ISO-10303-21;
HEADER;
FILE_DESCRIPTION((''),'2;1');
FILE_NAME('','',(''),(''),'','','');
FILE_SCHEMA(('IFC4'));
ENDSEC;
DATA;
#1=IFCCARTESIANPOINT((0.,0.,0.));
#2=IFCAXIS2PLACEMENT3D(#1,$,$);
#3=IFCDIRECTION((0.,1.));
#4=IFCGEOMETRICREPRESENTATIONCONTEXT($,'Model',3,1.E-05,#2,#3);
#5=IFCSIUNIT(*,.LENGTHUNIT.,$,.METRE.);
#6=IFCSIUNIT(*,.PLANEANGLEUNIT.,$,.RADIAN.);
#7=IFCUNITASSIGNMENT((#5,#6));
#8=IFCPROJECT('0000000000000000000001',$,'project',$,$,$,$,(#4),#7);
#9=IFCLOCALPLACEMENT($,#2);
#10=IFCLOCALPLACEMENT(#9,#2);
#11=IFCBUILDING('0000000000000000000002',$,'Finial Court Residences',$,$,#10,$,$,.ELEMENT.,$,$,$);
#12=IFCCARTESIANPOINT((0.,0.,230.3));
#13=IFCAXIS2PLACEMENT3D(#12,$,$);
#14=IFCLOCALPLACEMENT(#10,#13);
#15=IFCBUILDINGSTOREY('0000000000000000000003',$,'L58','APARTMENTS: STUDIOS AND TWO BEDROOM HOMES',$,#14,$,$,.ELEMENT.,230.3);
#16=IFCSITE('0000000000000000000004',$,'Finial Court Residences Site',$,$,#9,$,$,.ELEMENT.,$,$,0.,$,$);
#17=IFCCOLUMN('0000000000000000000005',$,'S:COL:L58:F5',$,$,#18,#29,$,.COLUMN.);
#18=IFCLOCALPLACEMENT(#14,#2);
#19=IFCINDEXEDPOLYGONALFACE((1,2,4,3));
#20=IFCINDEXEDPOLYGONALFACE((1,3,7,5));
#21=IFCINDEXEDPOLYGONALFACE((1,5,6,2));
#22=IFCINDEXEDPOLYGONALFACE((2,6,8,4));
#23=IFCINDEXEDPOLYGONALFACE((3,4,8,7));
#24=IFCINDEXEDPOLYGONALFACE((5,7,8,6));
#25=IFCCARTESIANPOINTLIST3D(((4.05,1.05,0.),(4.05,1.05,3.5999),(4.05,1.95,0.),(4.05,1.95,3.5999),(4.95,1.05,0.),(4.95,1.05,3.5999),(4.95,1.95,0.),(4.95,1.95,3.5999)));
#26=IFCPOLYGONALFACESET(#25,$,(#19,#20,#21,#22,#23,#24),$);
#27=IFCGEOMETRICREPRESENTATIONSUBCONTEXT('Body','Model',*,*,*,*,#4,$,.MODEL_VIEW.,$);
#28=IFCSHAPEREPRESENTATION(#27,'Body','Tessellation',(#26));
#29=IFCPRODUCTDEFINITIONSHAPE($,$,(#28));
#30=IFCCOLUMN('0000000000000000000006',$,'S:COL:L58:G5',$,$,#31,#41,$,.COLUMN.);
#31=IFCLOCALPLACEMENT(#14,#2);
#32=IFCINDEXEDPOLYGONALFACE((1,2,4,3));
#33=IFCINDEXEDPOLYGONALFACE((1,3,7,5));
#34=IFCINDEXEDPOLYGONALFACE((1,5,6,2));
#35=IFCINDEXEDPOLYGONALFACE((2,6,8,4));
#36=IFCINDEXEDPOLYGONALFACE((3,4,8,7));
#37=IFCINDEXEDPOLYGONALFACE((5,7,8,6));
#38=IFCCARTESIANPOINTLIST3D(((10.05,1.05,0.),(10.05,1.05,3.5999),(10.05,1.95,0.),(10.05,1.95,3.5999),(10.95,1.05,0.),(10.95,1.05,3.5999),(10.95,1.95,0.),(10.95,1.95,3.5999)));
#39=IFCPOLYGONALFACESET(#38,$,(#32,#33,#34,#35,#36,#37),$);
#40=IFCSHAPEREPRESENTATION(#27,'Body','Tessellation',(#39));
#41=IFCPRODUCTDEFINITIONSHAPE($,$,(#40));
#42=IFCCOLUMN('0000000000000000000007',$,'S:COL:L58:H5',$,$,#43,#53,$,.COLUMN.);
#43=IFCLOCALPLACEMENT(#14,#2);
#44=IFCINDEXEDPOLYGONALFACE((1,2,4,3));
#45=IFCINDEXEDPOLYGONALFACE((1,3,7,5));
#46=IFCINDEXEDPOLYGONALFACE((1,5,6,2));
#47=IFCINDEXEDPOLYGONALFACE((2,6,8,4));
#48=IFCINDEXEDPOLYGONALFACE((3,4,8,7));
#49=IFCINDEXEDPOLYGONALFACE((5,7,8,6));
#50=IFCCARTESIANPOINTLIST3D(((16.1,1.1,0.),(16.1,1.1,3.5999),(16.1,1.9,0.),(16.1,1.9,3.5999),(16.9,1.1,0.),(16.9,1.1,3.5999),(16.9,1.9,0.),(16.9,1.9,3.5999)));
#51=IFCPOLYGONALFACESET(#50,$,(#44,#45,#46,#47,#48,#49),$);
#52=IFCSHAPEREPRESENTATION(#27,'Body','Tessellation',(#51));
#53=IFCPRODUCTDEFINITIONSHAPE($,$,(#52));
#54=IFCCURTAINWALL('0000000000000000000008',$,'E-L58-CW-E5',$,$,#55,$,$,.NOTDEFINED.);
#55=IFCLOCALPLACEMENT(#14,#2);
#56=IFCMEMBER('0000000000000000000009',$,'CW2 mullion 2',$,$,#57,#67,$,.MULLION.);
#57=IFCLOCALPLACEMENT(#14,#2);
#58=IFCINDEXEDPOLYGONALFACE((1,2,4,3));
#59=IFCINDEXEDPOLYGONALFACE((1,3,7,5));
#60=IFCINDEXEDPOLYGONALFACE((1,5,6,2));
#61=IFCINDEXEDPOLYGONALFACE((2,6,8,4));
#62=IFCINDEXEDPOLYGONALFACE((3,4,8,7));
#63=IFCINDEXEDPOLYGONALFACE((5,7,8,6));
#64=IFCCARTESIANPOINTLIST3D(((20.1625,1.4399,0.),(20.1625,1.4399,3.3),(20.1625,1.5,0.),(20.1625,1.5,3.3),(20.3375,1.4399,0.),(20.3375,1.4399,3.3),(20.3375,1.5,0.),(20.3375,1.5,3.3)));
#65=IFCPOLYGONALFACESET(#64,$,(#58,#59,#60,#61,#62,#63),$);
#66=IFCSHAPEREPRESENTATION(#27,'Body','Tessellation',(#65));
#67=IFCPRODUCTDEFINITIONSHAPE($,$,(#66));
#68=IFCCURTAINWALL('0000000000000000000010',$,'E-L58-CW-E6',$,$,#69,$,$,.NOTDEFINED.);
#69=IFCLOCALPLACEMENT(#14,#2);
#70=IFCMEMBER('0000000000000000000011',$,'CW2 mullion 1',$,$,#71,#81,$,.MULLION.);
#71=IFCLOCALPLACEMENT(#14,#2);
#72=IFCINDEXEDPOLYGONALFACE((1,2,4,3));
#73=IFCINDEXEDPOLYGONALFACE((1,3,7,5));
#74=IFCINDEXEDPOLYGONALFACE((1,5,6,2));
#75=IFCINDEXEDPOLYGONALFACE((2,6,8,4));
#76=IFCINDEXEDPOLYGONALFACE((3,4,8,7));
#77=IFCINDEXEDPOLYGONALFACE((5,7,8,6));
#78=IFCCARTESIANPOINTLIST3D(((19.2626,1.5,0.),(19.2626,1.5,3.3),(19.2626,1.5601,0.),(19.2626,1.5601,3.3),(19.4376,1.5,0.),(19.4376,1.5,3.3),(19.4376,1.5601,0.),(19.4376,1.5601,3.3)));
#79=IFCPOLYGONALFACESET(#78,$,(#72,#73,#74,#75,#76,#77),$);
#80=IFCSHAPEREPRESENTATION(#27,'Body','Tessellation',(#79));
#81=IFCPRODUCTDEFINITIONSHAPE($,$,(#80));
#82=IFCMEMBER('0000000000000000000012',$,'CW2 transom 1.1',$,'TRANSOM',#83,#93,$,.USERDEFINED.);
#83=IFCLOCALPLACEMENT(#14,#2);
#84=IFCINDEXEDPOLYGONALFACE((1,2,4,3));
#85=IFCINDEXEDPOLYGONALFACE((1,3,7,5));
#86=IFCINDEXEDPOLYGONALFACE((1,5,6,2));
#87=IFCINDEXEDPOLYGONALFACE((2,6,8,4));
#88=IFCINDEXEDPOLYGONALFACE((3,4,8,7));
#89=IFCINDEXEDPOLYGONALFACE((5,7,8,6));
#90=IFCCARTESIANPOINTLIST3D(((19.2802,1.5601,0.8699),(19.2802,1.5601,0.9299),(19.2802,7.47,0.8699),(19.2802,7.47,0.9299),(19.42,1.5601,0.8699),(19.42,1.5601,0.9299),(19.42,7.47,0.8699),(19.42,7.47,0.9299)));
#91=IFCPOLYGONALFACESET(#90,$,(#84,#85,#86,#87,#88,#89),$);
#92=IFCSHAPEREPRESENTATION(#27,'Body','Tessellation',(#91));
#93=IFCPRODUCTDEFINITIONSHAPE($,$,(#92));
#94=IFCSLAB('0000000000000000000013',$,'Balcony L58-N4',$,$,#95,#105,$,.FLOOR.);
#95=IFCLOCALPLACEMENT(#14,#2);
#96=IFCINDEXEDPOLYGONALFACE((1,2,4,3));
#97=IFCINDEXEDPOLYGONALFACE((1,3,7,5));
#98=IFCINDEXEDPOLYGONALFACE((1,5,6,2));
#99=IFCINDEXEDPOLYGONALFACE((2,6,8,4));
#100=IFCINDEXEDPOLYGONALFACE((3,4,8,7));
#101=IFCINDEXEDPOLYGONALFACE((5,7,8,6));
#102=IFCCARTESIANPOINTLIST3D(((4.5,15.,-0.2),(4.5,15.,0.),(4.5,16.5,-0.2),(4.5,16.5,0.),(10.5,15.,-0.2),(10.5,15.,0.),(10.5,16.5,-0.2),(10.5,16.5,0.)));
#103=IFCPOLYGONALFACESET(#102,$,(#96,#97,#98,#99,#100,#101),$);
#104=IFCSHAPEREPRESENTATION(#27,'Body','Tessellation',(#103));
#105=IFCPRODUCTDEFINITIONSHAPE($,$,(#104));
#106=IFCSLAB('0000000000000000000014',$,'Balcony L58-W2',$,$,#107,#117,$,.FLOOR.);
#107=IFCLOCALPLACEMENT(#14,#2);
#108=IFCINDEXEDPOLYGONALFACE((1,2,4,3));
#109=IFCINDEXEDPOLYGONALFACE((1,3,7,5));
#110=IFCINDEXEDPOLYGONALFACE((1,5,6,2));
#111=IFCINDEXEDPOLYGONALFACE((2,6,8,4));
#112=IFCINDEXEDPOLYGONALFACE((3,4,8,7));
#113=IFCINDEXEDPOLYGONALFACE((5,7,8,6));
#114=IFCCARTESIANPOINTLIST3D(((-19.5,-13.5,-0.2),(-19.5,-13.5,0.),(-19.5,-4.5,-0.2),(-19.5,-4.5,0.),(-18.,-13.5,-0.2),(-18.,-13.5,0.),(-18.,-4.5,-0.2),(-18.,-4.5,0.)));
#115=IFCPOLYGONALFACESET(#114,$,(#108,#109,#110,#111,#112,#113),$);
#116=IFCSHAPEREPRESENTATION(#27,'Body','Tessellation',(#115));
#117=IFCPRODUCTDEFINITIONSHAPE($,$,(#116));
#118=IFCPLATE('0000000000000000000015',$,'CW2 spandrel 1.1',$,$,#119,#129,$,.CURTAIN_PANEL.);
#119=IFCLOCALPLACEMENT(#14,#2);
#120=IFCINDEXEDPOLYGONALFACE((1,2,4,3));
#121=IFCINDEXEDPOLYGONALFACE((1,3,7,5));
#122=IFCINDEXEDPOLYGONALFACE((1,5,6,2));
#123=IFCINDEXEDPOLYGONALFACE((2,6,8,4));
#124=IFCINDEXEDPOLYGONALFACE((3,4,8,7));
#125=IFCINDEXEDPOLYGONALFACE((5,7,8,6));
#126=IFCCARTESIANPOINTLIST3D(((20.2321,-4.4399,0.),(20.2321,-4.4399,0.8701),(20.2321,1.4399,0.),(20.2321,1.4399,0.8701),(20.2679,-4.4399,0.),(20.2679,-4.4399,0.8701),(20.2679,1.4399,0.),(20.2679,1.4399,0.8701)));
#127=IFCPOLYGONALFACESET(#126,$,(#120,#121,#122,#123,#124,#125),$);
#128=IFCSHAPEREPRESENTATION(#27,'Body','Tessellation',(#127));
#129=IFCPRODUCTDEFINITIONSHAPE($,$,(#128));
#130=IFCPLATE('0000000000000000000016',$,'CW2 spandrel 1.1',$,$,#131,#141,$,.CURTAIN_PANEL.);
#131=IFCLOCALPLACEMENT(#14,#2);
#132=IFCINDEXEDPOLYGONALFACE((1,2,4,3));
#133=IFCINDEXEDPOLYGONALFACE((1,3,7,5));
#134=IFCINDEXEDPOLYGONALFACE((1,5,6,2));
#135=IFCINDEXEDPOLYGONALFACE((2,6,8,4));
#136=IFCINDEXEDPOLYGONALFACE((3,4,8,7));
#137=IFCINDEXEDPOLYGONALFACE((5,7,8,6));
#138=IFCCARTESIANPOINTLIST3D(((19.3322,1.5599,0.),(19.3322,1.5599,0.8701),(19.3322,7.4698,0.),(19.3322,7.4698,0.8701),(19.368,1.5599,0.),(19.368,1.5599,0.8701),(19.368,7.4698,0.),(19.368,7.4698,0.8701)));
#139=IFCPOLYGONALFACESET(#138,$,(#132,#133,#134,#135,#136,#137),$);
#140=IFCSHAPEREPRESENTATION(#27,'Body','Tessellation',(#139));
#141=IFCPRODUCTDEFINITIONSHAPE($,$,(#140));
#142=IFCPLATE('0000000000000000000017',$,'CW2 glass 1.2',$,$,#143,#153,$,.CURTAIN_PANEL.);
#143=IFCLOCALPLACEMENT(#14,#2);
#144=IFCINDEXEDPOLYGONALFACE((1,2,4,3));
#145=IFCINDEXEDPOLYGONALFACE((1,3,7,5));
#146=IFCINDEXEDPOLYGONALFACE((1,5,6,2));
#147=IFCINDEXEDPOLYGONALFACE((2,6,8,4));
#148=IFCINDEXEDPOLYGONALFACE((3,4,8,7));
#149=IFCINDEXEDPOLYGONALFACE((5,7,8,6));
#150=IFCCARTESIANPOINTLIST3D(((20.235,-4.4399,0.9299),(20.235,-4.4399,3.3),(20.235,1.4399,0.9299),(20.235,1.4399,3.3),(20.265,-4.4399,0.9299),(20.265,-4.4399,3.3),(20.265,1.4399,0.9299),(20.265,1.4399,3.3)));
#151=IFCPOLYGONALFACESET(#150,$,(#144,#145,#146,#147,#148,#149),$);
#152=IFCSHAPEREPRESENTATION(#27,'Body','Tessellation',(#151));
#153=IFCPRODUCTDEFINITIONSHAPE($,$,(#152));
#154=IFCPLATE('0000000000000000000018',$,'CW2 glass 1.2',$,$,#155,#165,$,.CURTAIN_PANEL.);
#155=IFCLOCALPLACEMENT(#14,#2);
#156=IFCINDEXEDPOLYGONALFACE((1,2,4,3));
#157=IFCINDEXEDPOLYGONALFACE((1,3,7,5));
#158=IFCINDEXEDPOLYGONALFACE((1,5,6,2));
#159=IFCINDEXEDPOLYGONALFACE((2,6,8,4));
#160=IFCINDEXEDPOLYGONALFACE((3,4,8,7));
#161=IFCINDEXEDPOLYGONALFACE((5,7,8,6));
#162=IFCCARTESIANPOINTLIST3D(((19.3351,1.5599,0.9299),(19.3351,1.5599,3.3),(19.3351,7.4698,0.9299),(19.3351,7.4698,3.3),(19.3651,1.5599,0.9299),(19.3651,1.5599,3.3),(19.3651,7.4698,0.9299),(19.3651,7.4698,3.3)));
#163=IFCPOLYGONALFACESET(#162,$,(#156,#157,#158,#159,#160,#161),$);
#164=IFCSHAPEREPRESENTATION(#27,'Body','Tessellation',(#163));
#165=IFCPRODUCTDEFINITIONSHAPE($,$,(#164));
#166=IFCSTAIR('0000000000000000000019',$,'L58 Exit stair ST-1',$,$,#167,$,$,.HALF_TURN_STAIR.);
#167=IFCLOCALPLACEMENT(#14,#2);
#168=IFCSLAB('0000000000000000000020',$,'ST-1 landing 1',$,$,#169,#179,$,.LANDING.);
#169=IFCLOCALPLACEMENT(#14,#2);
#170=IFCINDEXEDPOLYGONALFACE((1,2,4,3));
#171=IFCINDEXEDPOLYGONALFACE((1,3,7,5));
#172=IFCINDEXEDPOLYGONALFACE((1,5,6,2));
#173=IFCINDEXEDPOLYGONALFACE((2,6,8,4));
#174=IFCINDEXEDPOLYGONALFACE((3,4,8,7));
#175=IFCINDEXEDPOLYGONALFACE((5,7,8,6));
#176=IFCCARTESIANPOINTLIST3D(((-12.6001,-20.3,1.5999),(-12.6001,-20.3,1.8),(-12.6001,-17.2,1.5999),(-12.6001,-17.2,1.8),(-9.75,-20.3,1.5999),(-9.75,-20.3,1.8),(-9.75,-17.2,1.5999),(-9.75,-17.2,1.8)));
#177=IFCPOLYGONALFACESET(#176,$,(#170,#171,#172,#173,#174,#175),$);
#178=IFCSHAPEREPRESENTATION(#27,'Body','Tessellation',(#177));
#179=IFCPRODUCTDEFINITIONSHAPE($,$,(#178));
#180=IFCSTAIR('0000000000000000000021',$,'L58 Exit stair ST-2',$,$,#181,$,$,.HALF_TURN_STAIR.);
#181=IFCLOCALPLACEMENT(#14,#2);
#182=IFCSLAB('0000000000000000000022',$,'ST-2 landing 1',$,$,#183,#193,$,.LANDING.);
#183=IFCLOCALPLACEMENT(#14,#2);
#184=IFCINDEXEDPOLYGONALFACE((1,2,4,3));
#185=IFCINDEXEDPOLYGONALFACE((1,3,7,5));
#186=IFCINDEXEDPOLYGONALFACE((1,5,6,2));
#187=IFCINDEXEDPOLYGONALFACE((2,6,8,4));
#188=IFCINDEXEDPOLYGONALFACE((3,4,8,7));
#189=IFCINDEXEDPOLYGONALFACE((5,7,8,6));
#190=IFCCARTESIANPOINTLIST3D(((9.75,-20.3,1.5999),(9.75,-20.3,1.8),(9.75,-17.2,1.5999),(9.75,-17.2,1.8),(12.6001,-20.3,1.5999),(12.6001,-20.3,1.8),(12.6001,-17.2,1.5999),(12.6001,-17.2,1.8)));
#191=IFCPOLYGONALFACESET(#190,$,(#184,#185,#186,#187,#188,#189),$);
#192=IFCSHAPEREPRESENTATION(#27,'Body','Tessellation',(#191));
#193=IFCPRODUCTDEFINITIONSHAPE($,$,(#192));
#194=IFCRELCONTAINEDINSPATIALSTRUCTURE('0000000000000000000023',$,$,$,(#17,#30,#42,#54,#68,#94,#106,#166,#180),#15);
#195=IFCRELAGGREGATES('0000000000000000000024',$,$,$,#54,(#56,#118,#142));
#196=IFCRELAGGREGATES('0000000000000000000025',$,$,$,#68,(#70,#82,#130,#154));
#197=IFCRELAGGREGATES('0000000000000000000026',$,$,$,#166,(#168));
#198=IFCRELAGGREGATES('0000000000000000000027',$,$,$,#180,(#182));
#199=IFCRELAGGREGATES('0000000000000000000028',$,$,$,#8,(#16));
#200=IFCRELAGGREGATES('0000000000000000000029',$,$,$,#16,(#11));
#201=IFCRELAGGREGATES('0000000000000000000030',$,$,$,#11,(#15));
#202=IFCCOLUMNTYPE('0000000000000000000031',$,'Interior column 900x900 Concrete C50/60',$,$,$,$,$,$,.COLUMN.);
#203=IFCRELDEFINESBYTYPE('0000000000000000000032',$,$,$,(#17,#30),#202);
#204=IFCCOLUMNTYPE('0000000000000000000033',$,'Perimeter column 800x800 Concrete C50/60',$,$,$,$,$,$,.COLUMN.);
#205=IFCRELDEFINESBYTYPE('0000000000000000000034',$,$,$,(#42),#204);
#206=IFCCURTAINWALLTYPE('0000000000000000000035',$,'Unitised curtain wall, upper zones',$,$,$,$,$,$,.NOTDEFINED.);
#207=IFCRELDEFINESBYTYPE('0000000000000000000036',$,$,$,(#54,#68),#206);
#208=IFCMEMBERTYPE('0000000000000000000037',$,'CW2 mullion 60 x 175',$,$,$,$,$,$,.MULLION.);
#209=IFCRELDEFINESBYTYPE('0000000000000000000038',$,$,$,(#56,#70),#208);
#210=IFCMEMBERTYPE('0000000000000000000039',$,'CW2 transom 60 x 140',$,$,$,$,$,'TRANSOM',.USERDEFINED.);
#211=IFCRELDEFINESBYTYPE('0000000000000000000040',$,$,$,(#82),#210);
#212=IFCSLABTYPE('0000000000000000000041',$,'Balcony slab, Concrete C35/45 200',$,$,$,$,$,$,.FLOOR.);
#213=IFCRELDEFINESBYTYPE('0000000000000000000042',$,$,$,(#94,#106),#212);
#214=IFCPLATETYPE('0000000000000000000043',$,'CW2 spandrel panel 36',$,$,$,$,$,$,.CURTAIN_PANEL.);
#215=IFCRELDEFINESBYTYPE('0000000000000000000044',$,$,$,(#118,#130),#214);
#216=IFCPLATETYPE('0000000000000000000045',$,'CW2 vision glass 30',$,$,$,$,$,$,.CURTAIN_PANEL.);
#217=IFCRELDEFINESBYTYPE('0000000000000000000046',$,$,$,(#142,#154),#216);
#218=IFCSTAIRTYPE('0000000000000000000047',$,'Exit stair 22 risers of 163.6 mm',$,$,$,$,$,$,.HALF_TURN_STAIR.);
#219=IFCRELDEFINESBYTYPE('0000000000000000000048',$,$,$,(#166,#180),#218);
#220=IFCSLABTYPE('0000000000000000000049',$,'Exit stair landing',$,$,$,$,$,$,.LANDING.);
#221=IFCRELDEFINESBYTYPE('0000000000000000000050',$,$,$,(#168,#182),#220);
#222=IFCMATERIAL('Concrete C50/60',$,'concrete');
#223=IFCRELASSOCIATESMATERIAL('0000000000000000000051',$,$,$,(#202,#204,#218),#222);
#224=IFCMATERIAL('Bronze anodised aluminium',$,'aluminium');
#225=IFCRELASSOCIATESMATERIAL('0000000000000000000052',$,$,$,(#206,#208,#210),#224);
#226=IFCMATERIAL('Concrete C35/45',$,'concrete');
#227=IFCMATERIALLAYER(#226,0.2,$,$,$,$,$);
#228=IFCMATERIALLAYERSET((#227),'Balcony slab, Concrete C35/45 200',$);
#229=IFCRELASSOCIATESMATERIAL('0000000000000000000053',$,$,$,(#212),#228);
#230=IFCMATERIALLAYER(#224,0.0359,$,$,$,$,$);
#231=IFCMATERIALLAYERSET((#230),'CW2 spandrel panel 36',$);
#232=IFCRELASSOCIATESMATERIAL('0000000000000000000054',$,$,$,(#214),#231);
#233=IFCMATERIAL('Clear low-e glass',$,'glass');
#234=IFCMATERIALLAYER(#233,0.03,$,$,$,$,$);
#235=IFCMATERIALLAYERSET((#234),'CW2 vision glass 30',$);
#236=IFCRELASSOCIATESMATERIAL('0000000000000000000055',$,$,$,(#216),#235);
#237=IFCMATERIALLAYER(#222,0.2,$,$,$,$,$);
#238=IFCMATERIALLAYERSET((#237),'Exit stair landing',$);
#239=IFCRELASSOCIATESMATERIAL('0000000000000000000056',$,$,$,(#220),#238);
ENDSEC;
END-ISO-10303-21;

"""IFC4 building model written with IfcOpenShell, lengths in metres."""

from ifc_helpers import new_model, si_unit, direction, frame, origin, origin_2d, place, context, subcontext, project, spatial, polyline, rectangle, outline, extrude, material, layer, layer_set, material_profile, profile_set, type_object, element, aggregate, save


model = new_model("IFC4")

# Units and contexts
model_context = context("Model", 3, precision=1e-05, world=origin(), true_north=direction((0.0, 1.0)))
body_context = subcontext(model_context, "Body", "Model", "MODEL_VIEW")
ifc_project = project(units=[si_unit("LENGTHUNIT", "METRE"), si_unit("PLANEANGLEUNIT", "RADIAN")], contexts=[model_context])

# Site, building, storey
site_placement = place(None, origin())
site = spatial("IfcSite", under=ifc_project, at=site_placement, Name="Finial Court Residences Site", CompositionType="ELEMENT", RefElevation=0.0)
building_placement = place(site_placement, origin())
building = spatial("IfcBuilding", under=site, at=building_placement, Name="Finial Court Residences", CompositionType="ELEMENT")
storey_placement = place(building_placement, frame((0.0, 0.0, 230.3)))
storey = spatial("IfcBuildingStorey", under=building, at=storey_placement, Name="L58", Description="APARTMENTS: STUDIOS AND TWO BEDROOM HOMES", CompositionType="ELEMENT", Elevation=230.3)

# Columns
ifc_material_1 = material(Name="Concrete C50/60", Category="concrete")
ifc_material_profile_1 = material_profile(ifc_material_1, rectangle(XDim=0.8999, YDim=0.8999, at=origin_2d()), Name="900x900")
ifc_profile_set_1 = profile_set([ifc_material_profile_1], Name="Concrete C50/60")
column_type_1 = type_object("IfcColumnType", Name="Interior column 900x900 Concrete C50/60", PredefinedType="COLUMN", material=ifc_profile_set_1)
for number, where, z_axis, x_axis, name in (
    (1, (4.5, 1.5, 0.0), (0.0, 0.0, 1.0), (1.0, 0.0, 0.0), "S:COL:L58:F5"),
    (2, (10.5, 1.5, 0.0), (0.0, 0.0, 1.0), (1.0, 0.0, 0.0), "S:COL:L58:G5"),
):
    element("IfcColumn", number, at=place(storey_placement, frame(where, z_axis=z_axis, x_axis=x_axis)), inside=storey, type_object=column_type_1, Name=name, PredefinedType="COLUMN", context=body_context, shape_type="SweptSolid", body=[
        extrude(rectangle(XDim=0.8999, YDim=0.8999, at=origin_2d()), origin(), (0.0, 0.0, 1.0), 3.5999),
    ])
ifc_material_profile_2 = material_profile(ifc_material_1, rectangle(XDim=0.8, YDim=0.8, at=origin_2d()), Name="800x800")
ifc_profile_set_2 = profile_set([ifc_material_profile_2], Name="Concrete C50/60")
column_type_2 = type_object("IfcColumnType", Name="Perimeter column 800x800 Concrete C50/60", PredefinedType="COLUMN", material=ifc_profile_set_2)
column_placement = place(storey_placement, frame((16.5, 1.5, 0.0), z_axis=(0.0, 0.0, 1.0), x_axis=(1.0, 0.0, 0.0)))
element("IfcColumn", 3, at=column_placement, inside=storey, type_object=column_type_2, Name="S:COL:L58:H5", PredefinedType="COLUMN", context=body_context, shape_type="SweptSolid", body=[
    extrude(rectangle(XDim=0.8, YDim=0.8, at=origin_2d()), origin(), (0.0, 0.0, 1.0), 3.5999),
])

# Curtain wall, member
ifc_material_2 = material(Name="Bronze anodised aluminium", Category="aluminium")
curtain_wall_type = type_object("IfcCurtainWallType", Name="Unitised curtain wall, upper zones", PredefinedType="NOTDEFINED", material=ifc_material_2)
curtain_wall_1_placement = place(storey_placement, origin())
curtain_wall_1 = element("IfcCurtainWall", 4, at=curtain_wall_1_placement, inside=storey, type_object=curtain_wall_type, Name="E-L58-CW-E5", PredefinedType="NOTDEFINED")
ifc_material_profile_3 = material_profile(ifc_material_2, rectangle(XDim=0.175, YDim=0.0601, at=origin_2d()), Name="CW2 mullion 60 x 175")
ifc_profile_set_3 = profile_set([ifc_material_profile_3], Name="Bronze anodised aluminium")
member_type_1 = type_object("IfcMemberType", Name="CW2 mullion 60 x 175", PredefinedType="MULLION", material=ifc_profile_set_3)
member_1_placement = place(storey_placement, frame((20.25, 1.47, 0.0), z_axis=(0.0, 0.0, 1.0), x_axis=(-1.0, 0.0, 0.0)))
member_1 = element("IfcMember", 5, at=member_1_placement, type_object=member_type_1, Name="CW2 mullion 2", PredefinedType="MULLION", context=body_context, shape_type="SweptSolid", body=[
    extrude(rectangle(XDim=0.175, YDim=0.0601, at=origin_2d()), origin(), (0.0, 0.0, 1.0), 3.3),
])

# Curtain wall, members
curtain_wall_2_placement = place(storey_placement, origin())
curtain_wall_2 = element("IfcCurtainWall", 6, at=curtain_wall_2_placement, inside=storey, type_object=curtain_wall_type, Name="E-L58-CW-E6", PredefinedType="NOTDEFINED")
member_2_placement = place(storey_placement, frame((19.3501, 1.53, 0.0), z_axis=(0.0, 0.0, 1.0), x_axis=(-1.0, 0.0, 0.0)))
member_2 = element("IfcMember", 7, at=member_2_placement, type_object=member_type_1, Name="CW2 mullion 1", PredefinedType="MULLION", context=body_context, shape_type="SweptSolid", body=[
    extrude(rectangle(XDim=0.175, YDim=0.0601, at=origin_2d()), origin(), (0.0, 0.0, 1.0), 3.3),
])
ifc_material_profile_4 = material_profile(ifc_material_2, rectangle(XDim=0.1399, YDim=0.0601, at=origin_2d()), Name="CW2 transom 60 x 140")
ifc_profile_set_4 = profile_set([ifc_material_profile_4], Name="Bronze anodised aluminium")
member_type_2 = type_object("IfcMemberType", Name="CW2 transom 60 x 140", ElementType="TRANSOM", PredefinedType="USERDEFINED", material=ifc_profile_set_4)
member_3_placement = place(storey_placement, frame((19.3501, 1.5601, 0.8999), z_axis=(0.0, 1.0, 0.0), x_axis=(-1.0, 0.0, 0.0)))
member_3 = element("IfcMember", 8, at=member_3_placement, type_object=member_type_2, Name="CW2 transom 1.1", ObjectType="TRANSOM", PredefinedType="USERDEFINED", context=body_context, shape_type="SweptSolid", body=[
    extrude(rectangle(XDim=0.1399, YDim=0.0601, at=origin_2d()), origin(), (0.0, 0.0, 1.0), 5.9099),
])

# Slabs
ifc_material_3 = material(Name="Concrete C35/45", Category="concrete")
ifc_layer_1 = layer(ifc_material_3, 0.2)
ifc_layer_set_1 = layer_set([ifc_layer_1], Name="Balcony slab, Concrete C35/45 200")
slab_type_1 = type_object("IfcSlabType", Name="Balcony slab, Concrete C35/45 200", PredefinedType="FLOOR", material=ifc_layer_set_1)
slab_1_placement = place(storey_placement, frame((0.0, 0.0, -0.2)))
element("IfcSlab", 9, at=slab_1_placement, inside=storey, type_object=slab_type_1, Name="Balcony L58-N4", PredefinedType="FLOOR", context=body_context, shape_type="SweptSolid", body=[
    extrude(outline(polyline([(10.5, 15.0), (10.5, 16.5), (4.5, 16.5), (4.5, 15.0), (10.5, 15.0)])), origin(), (0.0, 0.0, 1.0), 0.2),
])
slab_2_placement = place(storey_placement, frame((0.0, 0.0, -0.2)))
element("IfcSlab", 10, at=slab_2_placement, inside=storey, type_object=slab_type_1, Name="Balcony L58-W2", PredefinedType="FLOOR", context=body_context, shape_type="SweptSolid", body=[
    extrude(outline(polyline([(-18.0, -13.5), (-18.0, -4.5), (-19.5, -4.5), (-19.5, -13.5), (-18.0, -13.5)])), origin(), (0.0, 0.0, 1.0), 0.2),
])

# Plates
ifc_layer_2 = layer(ifc_material_2, 0.0359)
ifc_layer_set_2 = layer_set([ifc_layer_2], Name="CW2 spandrel panel 36")
plate_type_1 = type_object("IfcPlateType", Name="CW2 spandrel panel 36", PredefinedType="CURTAIN_PANEL", material=ifc_layer_set_2)
plate_1_placement = place(storey_placement, frame((20.25, -1.5, 0.0), z_axis=(0.0, 0.0, 1.0), x_axis=(0.0, 1.0, 0.0)))
plate_1 = element("IfcPlate", 11, at=plate_1_placement, type_object=plate_type_1, Name="CW2 spandrel 1.1", PredefinedType="CURTAIN_PANEL", context=body_context, shape_type="SweptSolid", body=[
    extrude(rectangle(XDim=5.8799, YDim=0.0359, at=origin_2d()), origin(), (0.0, 0.0, 1.0), 0.8701),
])
plate_2_placement = place(storey_placement, frame((19.3501, 4.5149, 0.0), z_axis=(0.0, 0.0, 1.0), x_axis=(0.0, 1.0, 0.0)))
plate_2 = element("IfcPlate", 12, at=plate_2_placement, type_object=plate_type_1, Name="CW2 spandrel 1.1", PredefinedType="CURTAIN_PANEL", context=body_context, shape_type="SweptSolid", body=[
    extrude(rectangle(XDim=5.9099, YDim=0.0359, at=origin_2d()), origin(), (0.0, 0.0, 1.0), 0.8701),
])
ifc_material_4 = material(Name="Clear low-e glass", Category="glass")
ifc_layer_3 = layer(ifc_material_4, 0.03)
ifc_layer_set_3 = layer_set([ifc_layer_3], Name="CW2 vision glass 30")
plate_type_2 = type_object("IfcPlateType", Name="CW2 vision glass 30", PredefinedType="CURTAIN_PANEL", material=ifc_layer_set_3)
plate_3_placement = place(storey_placement, frame((20.25, -1.5, 0.9299), z_axis=(0.0, 0.0, 1.0), x_axis=(0.0, 1.0, 0.0)))
plate_3 = element("IfcPlate", 13, at=plate_3_placement, type_object=plate_type_2, Name="CW2 glass 1.2", PredefinedType="CURTAIN_PANEL", context=body_context, shape_type="SweptSolid", body=[
    extrude(rectangle(XDim=5.8799, YDim=0.03, at=origin_2d()), origin(), (0.0, 0.0, 1.0), 2.3701),
])
aggregate(curtain_wall_1, [member_1, plate_1, plate_3])
plate_4_placement = place(storey_placement, frame((19.3501, 4.5149, 0.9299), z_axis=(0.0, 0.0, 1.0), x_axis=(0.0, 1.0, 0.0)))
plate_4 = element("IfcPlate", 14, at=plate_4_placement, type_object=plate_type_2, Name="CW2 glass 1.2", PredefinedType="CURTAIN_PANEL", context=body_context, shape_type="SweptSolid", body=[
    extrude(rectangle(XDim=5.9099, YDim=0.03, at=origin_2d()), origin(), (0.0, 0.0, 1.0), 2.3701),
])
aggregate(curtain_wall_2, [member_2, member_3, plate_2, plate_4])

# Stairs, slabs
stair_type = type_object("IfcStairType", Name="Exit stair 22 risers of 163.6 mm", PredefinedType="HALF_TURN_STAIR", material=ifc_material_1)
stair_1_placement = place(storey_placement, origin())
stair_1 = element("IfcStair", 15, at=stair_1_placement, inside=storey, type_object=stair_type, Name="L58 Exit stair ST-1", PredefinedType="HALF_TURN_STAIR")
ifc_layer_4 = layer(ifc_material_1, 0.2)
ifc_layer_set_4 = layer_set([ifc_layer_4], Name="Exit stair landing")
slab_type_2 = type_object("IfcSlabType", Name="Exit stair landing", PredefinedType="LANDING", material=ifc_layer_set_4)
slab_3_placement = place(storey_placement, frame((0.0, 0.0, 1.5999)))
slab_3 = element("IfcSlab", 16, at=slab_3_placement, type_object=slab_type_2, Name="ST-1 landing 1", PredefinedType="LANDING", context=body_context, shape_type="SweptSolid", body=[
    extrude(outline(polyline([(-9.75, -20.3), (-9.75, -17.2), (-12.6001, -17.2), (-12.6001, -20.3), (-9.75, -20.3)])), origin(), (0.0, 0.0, 1.0), 0.2002),
])
aggregate(stair_1, [slab_3])
stair_2_placement = place(storey_placement, origin())
stair_2 = element("IfcStair", 17, at=stair_2_placement, inside=storey, type_object=stair_type, Name="L58 Exit stair ST-2", PredefinedType="HALF_TURN_STAIR")
slab_4_placement = place(storey_placement, frame((0.0, 0.0, 1.5999)))
slab_4 = element("IfcSlab", 18, at=slab_4_placement, type_object=slab_type_2, Name="ST-2 landing 1", PredefinedType="LANDING", context=body_context, shape_type="SweptSolid", body=[
    extrude(outline(polyline([(12.6001, -20.3), (12.6001, -17.2), (9.75, -17.2), (9.75, -20.3), (12.6001, -20.3)])), origin(), (0.0, 0.0, 1.0), 0.2002),
])
aggregate(stair_2, [slab_4])

save(model, "model.ifc")
